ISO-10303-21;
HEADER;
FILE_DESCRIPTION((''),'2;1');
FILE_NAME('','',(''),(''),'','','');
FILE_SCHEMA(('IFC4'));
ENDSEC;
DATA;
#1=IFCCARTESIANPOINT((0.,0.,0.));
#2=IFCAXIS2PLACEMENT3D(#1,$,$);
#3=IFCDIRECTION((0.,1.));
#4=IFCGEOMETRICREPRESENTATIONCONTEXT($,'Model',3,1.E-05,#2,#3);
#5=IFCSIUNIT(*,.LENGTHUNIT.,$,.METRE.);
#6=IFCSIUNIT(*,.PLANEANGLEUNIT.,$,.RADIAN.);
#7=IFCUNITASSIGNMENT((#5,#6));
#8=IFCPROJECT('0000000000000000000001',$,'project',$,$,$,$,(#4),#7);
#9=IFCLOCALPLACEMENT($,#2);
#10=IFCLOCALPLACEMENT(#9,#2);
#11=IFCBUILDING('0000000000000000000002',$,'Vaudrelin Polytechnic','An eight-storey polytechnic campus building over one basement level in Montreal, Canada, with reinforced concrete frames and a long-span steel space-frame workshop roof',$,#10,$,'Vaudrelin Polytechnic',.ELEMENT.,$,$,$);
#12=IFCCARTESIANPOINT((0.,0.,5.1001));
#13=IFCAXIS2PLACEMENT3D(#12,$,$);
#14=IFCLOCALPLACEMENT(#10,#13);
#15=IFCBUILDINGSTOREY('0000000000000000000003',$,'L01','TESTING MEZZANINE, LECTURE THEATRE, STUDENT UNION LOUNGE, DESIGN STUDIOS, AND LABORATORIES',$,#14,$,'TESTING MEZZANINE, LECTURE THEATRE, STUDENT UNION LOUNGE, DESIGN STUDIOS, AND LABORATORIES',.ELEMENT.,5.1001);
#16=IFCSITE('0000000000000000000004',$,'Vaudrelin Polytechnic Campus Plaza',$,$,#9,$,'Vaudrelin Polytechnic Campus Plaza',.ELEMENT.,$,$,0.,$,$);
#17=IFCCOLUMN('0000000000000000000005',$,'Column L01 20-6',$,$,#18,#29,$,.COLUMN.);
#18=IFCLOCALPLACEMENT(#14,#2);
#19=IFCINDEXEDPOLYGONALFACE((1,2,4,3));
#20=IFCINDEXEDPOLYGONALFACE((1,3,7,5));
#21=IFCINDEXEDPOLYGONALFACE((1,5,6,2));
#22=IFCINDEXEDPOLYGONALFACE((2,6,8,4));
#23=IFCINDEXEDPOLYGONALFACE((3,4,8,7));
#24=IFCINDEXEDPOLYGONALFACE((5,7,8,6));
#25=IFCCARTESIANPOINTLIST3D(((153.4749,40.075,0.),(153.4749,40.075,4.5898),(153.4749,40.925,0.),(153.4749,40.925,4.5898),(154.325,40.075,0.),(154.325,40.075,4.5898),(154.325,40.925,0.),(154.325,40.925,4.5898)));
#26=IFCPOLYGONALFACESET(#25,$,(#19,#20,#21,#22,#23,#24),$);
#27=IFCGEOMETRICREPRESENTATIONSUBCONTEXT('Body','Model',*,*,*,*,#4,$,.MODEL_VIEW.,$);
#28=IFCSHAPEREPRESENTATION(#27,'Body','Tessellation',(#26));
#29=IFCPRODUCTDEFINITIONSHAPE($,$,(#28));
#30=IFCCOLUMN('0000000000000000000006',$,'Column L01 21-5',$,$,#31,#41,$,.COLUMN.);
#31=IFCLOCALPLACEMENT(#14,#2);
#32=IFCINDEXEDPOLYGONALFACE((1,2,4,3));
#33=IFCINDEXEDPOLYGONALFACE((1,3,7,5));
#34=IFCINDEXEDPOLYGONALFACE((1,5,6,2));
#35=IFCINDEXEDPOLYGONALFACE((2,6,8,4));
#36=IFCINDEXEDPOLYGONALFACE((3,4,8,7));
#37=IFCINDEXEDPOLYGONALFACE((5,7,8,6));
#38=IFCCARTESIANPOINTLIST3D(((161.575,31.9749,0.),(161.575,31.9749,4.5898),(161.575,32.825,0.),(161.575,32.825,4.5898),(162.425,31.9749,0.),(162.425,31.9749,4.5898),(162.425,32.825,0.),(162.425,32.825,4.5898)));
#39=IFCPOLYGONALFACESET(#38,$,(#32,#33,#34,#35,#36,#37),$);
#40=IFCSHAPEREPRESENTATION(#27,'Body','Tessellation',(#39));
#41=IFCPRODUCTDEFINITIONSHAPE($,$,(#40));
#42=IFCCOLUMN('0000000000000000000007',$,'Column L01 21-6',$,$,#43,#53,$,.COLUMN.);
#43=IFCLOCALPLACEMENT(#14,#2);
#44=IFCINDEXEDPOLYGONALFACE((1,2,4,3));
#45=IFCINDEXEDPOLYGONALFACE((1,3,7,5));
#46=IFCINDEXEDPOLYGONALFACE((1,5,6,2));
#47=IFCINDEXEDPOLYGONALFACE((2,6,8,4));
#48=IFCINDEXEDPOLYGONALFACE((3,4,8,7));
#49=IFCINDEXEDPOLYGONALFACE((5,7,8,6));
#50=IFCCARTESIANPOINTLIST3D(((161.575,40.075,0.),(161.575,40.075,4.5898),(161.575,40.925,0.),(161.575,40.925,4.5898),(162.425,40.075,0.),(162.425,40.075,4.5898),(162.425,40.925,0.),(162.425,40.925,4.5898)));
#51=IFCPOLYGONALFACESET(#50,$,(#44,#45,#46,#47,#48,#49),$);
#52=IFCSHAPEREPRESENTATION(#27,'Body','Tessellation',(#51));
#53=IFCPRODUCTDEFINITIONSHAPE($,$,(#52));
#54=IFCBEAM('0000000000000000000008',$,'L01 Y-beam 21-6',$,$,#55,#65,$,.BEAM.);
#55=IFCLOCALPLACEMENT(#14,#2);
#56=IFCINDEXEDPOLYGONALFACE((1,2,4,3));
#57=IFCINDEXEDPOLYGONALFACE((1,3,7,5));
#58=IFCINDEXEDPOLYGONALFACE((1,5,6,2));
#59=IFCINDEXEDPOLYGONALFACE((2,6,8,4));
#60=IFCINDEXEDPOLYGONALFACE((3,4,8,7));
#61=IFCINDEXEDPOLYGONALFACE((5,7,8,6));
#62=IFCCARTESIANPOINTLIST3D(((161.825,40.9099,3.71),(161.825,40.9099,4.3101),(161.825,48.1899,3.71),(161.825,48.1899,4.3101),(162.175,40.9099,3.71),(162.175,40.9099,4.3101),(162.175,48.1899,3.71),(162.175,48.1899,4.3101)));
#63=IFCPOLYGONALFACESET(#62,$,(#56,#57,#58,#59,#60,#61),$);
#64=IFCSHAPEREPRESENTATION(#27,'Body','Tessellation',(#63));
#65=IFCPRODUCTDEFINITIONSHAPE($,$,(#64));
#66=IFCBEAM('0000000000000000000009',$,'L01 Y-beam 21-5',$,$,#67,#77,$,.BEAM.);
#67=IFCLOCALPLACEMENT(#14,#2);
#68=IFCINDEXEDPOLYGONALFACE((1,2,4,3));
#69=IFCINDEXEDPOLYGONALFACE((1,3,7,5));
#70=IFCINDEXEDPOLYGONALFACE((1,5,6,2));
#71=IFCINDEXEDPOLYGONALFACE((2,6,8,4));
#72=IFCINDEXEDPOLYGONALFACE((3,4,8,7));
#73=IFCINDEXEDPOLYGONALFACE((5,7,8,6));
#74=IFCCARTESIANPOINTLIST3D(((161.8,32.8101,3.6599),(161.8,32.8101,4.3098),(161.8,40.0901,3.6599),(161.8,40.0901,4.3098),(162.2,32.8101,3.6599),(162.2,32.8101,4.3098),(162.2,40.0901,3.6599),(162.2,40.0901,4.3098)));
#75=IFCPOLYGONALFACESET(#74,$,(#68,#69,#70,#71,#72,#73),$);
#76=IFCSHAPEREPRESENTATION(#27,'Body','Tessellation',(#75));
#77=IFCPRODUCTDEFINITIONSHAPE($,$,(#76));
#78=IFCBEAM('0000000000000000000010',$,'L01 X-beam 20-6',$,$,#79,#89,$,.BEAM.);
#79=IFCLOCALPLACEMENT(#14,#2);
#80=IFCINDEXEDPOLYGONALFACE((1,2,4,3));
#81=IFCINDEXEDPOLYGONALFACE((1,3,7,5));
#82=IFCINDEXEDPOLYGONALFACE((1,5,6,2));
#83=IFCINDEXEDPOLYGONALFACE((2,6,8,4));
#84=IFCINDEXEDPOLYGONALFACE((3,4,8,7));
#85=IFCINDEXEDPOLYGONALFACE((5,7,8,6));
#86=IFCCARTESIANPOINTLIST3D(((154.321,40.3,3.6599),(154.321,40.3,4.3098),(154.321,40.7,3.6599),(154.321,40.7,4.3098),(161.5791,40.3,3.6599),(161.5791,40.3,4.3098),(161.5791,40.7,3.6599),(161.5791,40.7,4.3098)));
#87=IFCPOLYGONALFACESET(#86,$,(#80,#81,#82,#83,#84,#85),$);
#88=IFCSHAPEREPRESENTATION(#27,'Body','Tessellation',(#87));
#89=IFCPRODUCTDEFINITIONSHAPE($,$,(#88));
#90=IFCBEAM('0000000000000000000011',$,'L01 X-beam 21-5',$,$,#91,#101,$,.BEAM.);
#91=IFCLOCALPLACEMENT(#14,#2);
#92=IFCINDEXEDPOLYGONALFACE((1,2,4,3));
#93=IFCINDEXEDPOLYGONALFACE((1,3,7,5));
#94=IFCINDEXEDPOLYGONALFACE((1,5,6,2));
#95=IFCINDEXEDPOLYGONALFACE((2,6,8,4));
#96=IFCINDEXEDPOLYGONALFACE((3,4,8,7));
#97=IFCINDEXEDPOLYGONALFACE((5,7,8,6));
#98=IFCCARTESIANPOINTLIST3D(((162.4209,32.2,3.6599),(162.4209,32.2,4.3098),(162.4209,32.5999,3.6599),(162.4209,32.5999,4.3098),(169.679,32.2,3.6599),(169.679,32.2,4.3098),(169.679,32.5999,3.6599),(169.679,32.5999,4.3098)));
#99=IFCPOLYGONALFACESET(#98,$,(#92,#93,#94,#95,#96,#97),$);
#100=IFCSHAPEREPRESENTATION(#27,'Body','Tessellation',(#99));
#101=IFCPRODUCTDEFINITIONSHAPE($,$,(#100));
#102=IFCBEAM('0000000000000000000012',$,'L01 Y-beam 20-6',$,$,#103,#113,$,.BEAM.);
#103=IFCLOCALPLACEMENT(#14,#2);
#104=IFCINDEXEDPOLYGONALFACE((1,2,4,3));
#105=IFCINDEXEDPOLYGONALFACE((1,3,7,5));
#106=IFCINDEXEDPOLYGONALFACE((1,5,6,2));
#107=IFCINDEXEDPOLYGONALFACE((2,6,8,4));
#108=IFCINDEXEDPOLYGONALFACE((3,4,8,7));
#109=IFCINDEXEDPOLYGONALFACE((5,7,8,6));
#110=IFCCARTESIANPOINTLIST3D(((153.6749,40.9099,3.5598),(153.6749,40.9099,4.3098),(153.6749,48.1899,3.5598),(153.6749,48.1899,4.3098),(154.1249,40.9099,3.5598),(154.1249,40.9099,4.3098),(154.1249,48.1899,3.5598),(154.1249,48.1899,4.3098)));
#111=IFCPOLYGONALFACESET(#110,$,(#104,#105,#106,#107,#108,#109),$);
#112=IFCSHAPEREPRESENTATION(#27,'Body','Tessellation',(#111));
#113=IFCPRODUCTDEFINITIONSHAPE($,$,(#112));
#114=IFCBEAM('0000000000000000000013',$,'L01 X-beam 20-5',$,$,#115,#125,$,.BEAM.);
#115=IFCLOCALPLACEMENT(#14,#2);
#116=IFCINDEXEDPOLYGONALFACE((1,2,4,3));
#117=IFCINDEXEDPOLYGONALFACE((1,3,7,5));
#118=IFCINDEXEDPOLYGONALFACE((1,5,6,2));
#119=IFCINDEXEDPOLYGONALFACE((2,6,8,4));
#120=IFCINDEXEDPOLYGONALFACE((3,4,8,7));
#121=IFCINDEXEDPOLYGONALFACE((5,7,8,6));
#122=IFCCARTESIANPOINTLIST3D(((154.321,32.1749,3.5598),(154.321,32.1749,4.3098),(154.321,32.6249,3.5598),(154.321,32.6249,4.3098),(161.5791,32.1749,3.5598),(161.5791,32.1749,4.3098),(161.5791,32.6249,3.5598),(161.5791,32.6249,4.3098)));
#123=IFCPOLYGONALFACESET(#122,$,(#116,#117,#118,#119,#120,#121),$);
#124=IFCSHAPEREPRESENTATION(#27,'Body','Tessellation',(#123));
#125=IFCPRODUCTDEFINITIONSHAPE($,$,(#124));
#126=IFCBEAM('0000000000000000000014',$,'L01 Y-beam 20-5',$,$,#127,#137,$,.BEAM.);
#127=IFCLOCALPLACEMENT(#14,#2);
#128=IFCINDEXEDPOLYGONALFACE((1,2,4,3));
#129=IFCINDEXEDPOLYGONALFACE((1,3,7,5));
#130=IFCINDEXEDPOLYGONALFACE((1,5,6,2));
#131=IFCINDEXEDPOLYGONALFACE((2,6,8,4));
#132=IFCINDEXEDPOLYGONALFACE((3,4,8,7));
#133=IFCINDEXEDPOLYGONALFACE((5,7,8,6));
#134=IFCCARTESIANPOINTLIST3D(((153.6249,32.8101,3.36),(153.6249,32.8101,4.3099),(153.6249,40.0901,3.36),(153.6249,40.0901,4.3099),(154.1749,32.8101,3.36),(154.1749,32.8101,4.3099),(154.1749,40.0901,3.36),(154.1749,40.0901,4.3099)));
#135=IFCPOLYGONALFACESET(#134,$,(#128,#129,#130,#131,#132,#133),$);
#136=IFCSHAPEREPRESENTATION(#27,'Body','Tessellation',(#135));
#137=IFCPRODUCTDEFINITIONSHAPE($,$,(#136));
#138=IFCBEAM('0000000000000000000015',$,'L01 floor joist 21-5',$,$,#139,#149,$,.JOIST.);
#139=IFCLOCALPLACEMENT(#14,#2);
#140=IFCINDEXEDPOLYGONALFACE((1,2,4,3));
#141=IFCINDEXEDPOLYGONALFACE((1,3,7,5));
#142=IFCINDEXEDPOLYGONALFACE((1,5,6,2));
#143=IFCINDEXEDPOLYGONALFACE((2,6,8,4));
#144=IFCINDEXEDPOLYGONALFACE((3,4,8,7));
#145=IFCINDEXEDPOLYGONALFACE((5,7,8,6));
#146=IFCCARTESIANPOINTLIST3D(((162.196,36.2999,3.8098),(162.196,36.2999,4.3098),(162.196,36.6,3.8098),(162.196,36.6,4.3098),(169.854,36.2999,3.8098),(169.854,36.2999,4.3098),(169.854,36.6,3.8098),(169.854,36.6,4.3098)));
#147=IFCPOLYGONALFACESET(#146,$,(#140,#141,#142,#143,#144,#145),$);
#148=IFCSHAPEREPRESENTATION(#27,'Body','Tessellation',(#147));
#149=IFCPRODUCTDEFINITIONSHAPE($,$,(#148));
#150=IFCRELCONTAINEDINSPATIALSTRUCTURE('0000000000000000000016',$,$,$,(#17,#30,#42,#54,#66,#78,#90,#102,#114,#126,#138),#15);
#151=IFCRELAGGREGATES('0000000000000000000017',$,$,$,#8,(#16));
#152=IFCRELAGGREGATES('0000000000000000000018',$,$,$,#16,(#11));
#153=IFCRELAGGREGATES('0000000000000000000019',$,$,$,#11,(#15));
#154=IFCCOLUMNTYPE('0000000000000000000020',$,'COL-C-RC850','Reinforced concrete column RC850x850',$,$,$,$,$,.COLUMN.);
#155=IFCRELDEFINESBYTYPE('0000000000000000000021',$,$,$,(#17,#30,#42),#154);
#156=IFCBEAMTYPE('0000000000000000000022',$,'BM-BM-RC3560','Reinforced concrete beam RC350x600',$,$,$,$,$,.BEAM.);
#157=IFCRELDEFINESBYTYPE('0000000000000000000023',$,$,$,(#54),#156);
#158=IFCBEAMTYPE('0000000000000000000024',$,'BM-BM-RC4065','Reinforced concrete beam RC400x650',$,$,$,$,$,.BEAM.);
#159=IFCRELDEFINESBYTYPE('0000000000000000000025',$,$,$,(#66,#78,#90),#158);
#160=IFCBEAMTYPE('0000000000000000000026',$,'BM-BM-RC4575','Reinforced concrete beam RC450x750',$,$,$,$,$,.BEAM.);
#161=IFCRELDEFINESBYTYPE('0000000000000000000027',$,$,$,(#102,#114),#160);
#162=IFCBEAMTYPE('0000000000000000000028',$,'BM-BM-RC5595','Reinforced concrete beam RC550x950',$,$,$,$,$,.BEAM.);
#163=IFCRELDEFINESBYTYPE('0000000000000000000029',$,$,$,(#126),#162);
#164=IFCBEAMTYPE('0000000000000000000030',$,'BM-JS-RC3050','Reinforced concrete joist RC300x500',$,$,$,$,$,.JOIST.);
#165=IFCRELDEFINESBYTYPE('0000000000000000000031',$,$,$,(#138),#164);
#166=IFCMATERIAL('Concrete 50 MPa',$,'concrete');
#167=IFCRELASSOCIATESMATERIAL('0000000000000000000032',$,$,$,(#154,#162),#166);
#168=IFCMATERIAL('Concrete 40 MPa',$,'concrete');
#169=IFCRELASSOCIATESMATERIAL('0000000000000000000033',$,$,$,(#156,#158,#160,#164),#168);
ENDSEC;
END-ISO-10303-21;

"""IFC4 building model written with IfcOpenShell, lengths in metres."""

from ifc_helpers import new_model, si_unit, direction, frame, origin, origin_2d, place, context, subcontext, project, spatial, rectangle, extrude, material, material_profile, profile_set, type_object, element, save


model = new_model("IFC4")

# Units and contexts
model_context = context("Model", 3, precision=1e-05, world=origin(), true_north=direction((0.0, 1.0)))
body_context = subcontext(model_context, "Body", "Model", "MODEL_VIEW")
ifc_project = project(units=[si_unit("LENGTHUNIT", "METRE"), si_unit("PLANEANGLEUNIT", "RADIAN")], contexts=[model_context])

# Site, building, storey
site_placement = place(None, origin())
site = spatial("IfcSite", under=ifc_project, at=site_placement, Name="Vaudrelin Polytechnic Campus Plaza", LongName="Vaudrelin Polytechnic Campus Plaza", CompositionType="ELEMENT", RefElevation=0.0)
building_placement = place(site_placement, origin())
building = spatial("IfcBuilding", under=site, at=building_placement, Name="Vaudrelin Polytechnic", Description="An eight-storey polytechnic campus building over one basement level in Montreal, Canada, with reinforced concrete frames and a long-span steel space-frame workshop roof", LongName="Vaudrelin Polytechnic", CompositionType="ELEMENT")
storey_placement = place(building_placement, frame((0.0, 0.0, 5.1001)))
storey = spatial("IfcBuildingStorey", under=building, at=storey_placement, Name="L01", Description="TESTING MEZZANINE, LECTURE THEATRE, STUDENT UNION LOUNGE, DESIGN STUDIOS, AND LABORATORIES", LongName="TESTING MEZZANINE, LECTURE THEATRE, STUDENT UNION LOUNGE, DESIGN STUDIOS, AND LABORATORIES", CompositionType="ELEMENT", Elevation=5.1001)

# Columns
ifc_material_1 = material(Name="Concrete 50 MPa", Category="concrete")
ifc_material_profile_1 = material_profile(ifc_material_1, rectangle(XDim=0.8501, YDim=0.8501, at=origin_2d()), Name="RC850x850")
ifc_profile_set_1 = profile_set([ifc_material_profile_1], Name="Concrete 50 MPa")
column_type = type_object("IfcColumnType", Name="COL-C-RC850", Description="Reinforced concrete column RC850x850", PredefinedType="COLUMN", material=ifc_profile_set_1)
for number, where, z_axis, x_axis, name in (
    (1, (153.8999, 40.5, 0.0), (0.0, 0.0, 1.0), (1.0, 0.0, 0.0), "Column L01 20-6"),
    (2, (162.0, 32.3999, 0.0), (0.0, 0.0, 1.0), (1.0, 0.0, 0.0), "Column L01 21-5"),
    (3, (162.0, 40.5, 0.0), (0.0, 0.0, 1.0), (1.0, 0.0, 0.0), "Column L01 21-6"),
):
    element("IfcColumn", number, at=place(storey_placement, frame(where, z_axis=z_axis, x_axis=x_axis)), inside=storey, type_object=column_type, Name=name, PredefinedType="COLUMN", context=body_context, shape_type="SweptSolid", body=[
        extrude(rectangle(XDim=0.8501, YDim=0.8501, at=origin_2d()), origin(), (0.0, 0.0, 1.0), 4.5898),
    ])

# Beams
ifc_material_2 = material(Name="Concrete 40 MPa", Category="concrete")
ifc_material_profile_2 = material_profile(ifc_material_2, rectangle(XDim=0.3501, YDim=0.6001, at=origin_2d()), Name="RC350x600")
ifc_profile_set_2 = profile_set([ifc_material_profile_2], Name="Concrete 40 MPa")
beam_type_1 = type_object("IfcBeamType", Name="BM-BM-RC3560", Description="Reinforced concrete beam RC350x600", PredefinedType="BEAM", material=ifc_profile_set_2)
beam_1_placement = place(storey_placement, frame((162.0, 40.9099, 4.01), z_axis=(0.0, 1.0, 0.0), x_axis=(-1.0, 0.0, 0.0)))
element("IfcBeam", 4, at=beam_1_placement, inside=storey, type_object=beam_type_1, Name="L01 Y-beam 21-6", PredefinedType="BEAM", context=body_context, shape_type="SweptSolid", body=[
    extrude(rectangle(XDim=0.3501, YDim=0.6001, at=origin_2d()), origin(), (0.0, 0.0, 1.0), 7.28),
])
ifc_material_profile_3 = material_profile(ifc_material_2, rectangle(XDim=0.3999, YDim=0.6499, at=origin_2d()), Name="RC400x650")
ifc_profile_set_3 = profile_set([ifc_material_profile_3], Name="Concrete 40 MPa")
beam_type_2 = type_object("IfcBeamType", Name="BM-BM-RC4065", Description="Reinforced concrete beam RC400x650", PredefinedType="BEAM", material=ifc_profile_set_3)
beam_2_placement = place(storey_placement, frame((162.0, 32.8101, 3.9849), z_axis=(0.0, 1.0, 0.0), x_axis=(-1.0, 0.0, 0.0)))
element("IfcBeam", 5, at=beam_2_placement, inside=storey, type_object=beam_type_2, Name="L01 Y-beam 21-5", PredefinedType="BEAM", context=body_context, shape_type="SweptSolid", body=[
    extrude(rectangle(XDim=0.3999, YDim=0.6499, at=origin_2d()), origin(), (0.0, 0.0, 1.0), 7.28),
])
for number, where, z_axis, x_axis, name in (
    (6, (154.321, 40.5, 3.9849), (1.0, 0.0, 0.0), (0.0, 1.0, 0.0), "L01 X-beam 20-6"),
    (7, (162.4209, 32.3999, 3.9849), (1.0, 0.0, 0.0), (0.0, 1.0, 0.0), "L01 X-beam 21-5"),
):
    element("IfcBeam", number, at=place(storey_placement, frame(where, z_axis=z_axis, x_axis=x_axis)), inside=storey, type_object=beam_type_2, Name=name, PredefinedType="BEAM", context=body_context, shape_type="SweptSolid", body=[
        extrude(rectangle(XDim=0.3999, YDim=0.6499, at=origin_2d()), origin(), (0.0, 0.0, 1.0), 7.2581),
    ])
ifc_material_profile_4 = material_profile(ifc_material_2, rectangle(XDim=0.45, YDim=0.75, at=origin_2d()), Name="RC450x750")
ifc_profile_set_4 = profile_set([ifc_material_profile_4], Name="Concrete 40 MPa")
beam_type_3 = type_object("IfcBeamType", Name="BM-BM-RC4575", Description="Reinforced concrete beam RC450x750", PredefinedType="BEAM", material=ifc_profile_set_4)
beam_3_placement = place(storey_placement, frame((153.8999, 40.9099, 3.9348), z_axis=(0.0, 1.0, 0.0), x_axis=(-1.0, 0.0, 0.0)))
element("IfcBeam", 8, at=beam_3_placement, inside=storey, type_object=beam_type_3, Name="L01 Y-beam 20-6", PredefinedType="BEAM", context=body_context, shape_type="SweptSolid", body=[
    extrude(rectangle(XDim=0.45, YDim=0.75, at=origin_2d()), origin(), (0.0, 0.0, 1.0), 7.28),
])
beam_4_placement = place(storey_placement, frame((154.321, 32.3999, 3.9348), z_axis=(1.0, 0.0, 0.0), x_axis=(0.0, 1.0, 0.0)))
element("IfcBeam", 9, at=beam_4_placement, inside=storey, type_object=beam_type_3, Name="L01 X-beam 20-5", PredefinedType="BEAM", context=body_context, shape_type="SweptSolid", body=[
    extrude(rectangle(XDim=0.45, YDim=0.75, at=origin_2d()), origin(), (0.0, 0.0, 1.0), 7.2581),
])
ifc_material_profile_5 = material_profile(ifc_material_1, rectangle(XDim=0.55, YDim=0.95, at=origin_2d()), Name="RC550x950")
ifc_profile_set_5 = profile_set([ifc_material_profile_5], Name="Concrete 50 MPa")
beam_type_4 = type_object("IfcBeamType", Name="BM-BM-RC5595", Description="Reinforced concrete beam RC550x950", PredefinedType="BEAM", material=ifc_profile_set_5)
beam_5_placement = place(storey_placement, frame((153.8999, 32.8101, 3.835), z_axis=(0.0, 1.0, 0.0), x_axis=(-1.0, 0.0, 0.0)))
element("IfcBeam", 10, at=beam_5_placement, inside=storey, type_object=beam_type_4, Name="L01 Y-beam 20-5", PredefinedType="BEAM", context=body_context, shape_type="SweptSolid", body=[
    extrude(rectangle(XDim=0.55, YDim=0.95, at=origin_2d()), origin(), (0.0, 0.0, 1.0), 7.28),
])
ifc_material_profile_6 = material_profile(ifc_material_2, rectangle(XDim=0.3, YDim=0.5, at=origin_2d()), Name="RC300x500")
ifc_profile_set_6 = profile_set([ifc_material_profile_6], Name="Concrete 40 MPa")
beam_type_5 = type_object("IfcBeamType", Name="BM-JS-RC3050", Description="Reinforced concrete joist RC300x500", PredefinedType="JOIST", material=ifc_profile_set_6)
beam_6_placement = place(storey_placement, frame((162.196, 36.45, 4.0598), z_axis=(1.0, 0.0, 0.0), x_axis=(0.0, 1.0, 0.0)))
element("IfcBeam", 11, at=beam_6_placement, inside=storey, type_object=beam_type_5, Name="L01 floor joist 21-5", PredefinedType="JOIST", context=body_context, shape_type="SweptSolid", body=[
    extrude(rectangle(XDim=0.3, YDim=0.5, at=origin_2d()), origin(), (0.0, 0.0, 1.0), 7.658),
])

save(model, "model.ifc")
